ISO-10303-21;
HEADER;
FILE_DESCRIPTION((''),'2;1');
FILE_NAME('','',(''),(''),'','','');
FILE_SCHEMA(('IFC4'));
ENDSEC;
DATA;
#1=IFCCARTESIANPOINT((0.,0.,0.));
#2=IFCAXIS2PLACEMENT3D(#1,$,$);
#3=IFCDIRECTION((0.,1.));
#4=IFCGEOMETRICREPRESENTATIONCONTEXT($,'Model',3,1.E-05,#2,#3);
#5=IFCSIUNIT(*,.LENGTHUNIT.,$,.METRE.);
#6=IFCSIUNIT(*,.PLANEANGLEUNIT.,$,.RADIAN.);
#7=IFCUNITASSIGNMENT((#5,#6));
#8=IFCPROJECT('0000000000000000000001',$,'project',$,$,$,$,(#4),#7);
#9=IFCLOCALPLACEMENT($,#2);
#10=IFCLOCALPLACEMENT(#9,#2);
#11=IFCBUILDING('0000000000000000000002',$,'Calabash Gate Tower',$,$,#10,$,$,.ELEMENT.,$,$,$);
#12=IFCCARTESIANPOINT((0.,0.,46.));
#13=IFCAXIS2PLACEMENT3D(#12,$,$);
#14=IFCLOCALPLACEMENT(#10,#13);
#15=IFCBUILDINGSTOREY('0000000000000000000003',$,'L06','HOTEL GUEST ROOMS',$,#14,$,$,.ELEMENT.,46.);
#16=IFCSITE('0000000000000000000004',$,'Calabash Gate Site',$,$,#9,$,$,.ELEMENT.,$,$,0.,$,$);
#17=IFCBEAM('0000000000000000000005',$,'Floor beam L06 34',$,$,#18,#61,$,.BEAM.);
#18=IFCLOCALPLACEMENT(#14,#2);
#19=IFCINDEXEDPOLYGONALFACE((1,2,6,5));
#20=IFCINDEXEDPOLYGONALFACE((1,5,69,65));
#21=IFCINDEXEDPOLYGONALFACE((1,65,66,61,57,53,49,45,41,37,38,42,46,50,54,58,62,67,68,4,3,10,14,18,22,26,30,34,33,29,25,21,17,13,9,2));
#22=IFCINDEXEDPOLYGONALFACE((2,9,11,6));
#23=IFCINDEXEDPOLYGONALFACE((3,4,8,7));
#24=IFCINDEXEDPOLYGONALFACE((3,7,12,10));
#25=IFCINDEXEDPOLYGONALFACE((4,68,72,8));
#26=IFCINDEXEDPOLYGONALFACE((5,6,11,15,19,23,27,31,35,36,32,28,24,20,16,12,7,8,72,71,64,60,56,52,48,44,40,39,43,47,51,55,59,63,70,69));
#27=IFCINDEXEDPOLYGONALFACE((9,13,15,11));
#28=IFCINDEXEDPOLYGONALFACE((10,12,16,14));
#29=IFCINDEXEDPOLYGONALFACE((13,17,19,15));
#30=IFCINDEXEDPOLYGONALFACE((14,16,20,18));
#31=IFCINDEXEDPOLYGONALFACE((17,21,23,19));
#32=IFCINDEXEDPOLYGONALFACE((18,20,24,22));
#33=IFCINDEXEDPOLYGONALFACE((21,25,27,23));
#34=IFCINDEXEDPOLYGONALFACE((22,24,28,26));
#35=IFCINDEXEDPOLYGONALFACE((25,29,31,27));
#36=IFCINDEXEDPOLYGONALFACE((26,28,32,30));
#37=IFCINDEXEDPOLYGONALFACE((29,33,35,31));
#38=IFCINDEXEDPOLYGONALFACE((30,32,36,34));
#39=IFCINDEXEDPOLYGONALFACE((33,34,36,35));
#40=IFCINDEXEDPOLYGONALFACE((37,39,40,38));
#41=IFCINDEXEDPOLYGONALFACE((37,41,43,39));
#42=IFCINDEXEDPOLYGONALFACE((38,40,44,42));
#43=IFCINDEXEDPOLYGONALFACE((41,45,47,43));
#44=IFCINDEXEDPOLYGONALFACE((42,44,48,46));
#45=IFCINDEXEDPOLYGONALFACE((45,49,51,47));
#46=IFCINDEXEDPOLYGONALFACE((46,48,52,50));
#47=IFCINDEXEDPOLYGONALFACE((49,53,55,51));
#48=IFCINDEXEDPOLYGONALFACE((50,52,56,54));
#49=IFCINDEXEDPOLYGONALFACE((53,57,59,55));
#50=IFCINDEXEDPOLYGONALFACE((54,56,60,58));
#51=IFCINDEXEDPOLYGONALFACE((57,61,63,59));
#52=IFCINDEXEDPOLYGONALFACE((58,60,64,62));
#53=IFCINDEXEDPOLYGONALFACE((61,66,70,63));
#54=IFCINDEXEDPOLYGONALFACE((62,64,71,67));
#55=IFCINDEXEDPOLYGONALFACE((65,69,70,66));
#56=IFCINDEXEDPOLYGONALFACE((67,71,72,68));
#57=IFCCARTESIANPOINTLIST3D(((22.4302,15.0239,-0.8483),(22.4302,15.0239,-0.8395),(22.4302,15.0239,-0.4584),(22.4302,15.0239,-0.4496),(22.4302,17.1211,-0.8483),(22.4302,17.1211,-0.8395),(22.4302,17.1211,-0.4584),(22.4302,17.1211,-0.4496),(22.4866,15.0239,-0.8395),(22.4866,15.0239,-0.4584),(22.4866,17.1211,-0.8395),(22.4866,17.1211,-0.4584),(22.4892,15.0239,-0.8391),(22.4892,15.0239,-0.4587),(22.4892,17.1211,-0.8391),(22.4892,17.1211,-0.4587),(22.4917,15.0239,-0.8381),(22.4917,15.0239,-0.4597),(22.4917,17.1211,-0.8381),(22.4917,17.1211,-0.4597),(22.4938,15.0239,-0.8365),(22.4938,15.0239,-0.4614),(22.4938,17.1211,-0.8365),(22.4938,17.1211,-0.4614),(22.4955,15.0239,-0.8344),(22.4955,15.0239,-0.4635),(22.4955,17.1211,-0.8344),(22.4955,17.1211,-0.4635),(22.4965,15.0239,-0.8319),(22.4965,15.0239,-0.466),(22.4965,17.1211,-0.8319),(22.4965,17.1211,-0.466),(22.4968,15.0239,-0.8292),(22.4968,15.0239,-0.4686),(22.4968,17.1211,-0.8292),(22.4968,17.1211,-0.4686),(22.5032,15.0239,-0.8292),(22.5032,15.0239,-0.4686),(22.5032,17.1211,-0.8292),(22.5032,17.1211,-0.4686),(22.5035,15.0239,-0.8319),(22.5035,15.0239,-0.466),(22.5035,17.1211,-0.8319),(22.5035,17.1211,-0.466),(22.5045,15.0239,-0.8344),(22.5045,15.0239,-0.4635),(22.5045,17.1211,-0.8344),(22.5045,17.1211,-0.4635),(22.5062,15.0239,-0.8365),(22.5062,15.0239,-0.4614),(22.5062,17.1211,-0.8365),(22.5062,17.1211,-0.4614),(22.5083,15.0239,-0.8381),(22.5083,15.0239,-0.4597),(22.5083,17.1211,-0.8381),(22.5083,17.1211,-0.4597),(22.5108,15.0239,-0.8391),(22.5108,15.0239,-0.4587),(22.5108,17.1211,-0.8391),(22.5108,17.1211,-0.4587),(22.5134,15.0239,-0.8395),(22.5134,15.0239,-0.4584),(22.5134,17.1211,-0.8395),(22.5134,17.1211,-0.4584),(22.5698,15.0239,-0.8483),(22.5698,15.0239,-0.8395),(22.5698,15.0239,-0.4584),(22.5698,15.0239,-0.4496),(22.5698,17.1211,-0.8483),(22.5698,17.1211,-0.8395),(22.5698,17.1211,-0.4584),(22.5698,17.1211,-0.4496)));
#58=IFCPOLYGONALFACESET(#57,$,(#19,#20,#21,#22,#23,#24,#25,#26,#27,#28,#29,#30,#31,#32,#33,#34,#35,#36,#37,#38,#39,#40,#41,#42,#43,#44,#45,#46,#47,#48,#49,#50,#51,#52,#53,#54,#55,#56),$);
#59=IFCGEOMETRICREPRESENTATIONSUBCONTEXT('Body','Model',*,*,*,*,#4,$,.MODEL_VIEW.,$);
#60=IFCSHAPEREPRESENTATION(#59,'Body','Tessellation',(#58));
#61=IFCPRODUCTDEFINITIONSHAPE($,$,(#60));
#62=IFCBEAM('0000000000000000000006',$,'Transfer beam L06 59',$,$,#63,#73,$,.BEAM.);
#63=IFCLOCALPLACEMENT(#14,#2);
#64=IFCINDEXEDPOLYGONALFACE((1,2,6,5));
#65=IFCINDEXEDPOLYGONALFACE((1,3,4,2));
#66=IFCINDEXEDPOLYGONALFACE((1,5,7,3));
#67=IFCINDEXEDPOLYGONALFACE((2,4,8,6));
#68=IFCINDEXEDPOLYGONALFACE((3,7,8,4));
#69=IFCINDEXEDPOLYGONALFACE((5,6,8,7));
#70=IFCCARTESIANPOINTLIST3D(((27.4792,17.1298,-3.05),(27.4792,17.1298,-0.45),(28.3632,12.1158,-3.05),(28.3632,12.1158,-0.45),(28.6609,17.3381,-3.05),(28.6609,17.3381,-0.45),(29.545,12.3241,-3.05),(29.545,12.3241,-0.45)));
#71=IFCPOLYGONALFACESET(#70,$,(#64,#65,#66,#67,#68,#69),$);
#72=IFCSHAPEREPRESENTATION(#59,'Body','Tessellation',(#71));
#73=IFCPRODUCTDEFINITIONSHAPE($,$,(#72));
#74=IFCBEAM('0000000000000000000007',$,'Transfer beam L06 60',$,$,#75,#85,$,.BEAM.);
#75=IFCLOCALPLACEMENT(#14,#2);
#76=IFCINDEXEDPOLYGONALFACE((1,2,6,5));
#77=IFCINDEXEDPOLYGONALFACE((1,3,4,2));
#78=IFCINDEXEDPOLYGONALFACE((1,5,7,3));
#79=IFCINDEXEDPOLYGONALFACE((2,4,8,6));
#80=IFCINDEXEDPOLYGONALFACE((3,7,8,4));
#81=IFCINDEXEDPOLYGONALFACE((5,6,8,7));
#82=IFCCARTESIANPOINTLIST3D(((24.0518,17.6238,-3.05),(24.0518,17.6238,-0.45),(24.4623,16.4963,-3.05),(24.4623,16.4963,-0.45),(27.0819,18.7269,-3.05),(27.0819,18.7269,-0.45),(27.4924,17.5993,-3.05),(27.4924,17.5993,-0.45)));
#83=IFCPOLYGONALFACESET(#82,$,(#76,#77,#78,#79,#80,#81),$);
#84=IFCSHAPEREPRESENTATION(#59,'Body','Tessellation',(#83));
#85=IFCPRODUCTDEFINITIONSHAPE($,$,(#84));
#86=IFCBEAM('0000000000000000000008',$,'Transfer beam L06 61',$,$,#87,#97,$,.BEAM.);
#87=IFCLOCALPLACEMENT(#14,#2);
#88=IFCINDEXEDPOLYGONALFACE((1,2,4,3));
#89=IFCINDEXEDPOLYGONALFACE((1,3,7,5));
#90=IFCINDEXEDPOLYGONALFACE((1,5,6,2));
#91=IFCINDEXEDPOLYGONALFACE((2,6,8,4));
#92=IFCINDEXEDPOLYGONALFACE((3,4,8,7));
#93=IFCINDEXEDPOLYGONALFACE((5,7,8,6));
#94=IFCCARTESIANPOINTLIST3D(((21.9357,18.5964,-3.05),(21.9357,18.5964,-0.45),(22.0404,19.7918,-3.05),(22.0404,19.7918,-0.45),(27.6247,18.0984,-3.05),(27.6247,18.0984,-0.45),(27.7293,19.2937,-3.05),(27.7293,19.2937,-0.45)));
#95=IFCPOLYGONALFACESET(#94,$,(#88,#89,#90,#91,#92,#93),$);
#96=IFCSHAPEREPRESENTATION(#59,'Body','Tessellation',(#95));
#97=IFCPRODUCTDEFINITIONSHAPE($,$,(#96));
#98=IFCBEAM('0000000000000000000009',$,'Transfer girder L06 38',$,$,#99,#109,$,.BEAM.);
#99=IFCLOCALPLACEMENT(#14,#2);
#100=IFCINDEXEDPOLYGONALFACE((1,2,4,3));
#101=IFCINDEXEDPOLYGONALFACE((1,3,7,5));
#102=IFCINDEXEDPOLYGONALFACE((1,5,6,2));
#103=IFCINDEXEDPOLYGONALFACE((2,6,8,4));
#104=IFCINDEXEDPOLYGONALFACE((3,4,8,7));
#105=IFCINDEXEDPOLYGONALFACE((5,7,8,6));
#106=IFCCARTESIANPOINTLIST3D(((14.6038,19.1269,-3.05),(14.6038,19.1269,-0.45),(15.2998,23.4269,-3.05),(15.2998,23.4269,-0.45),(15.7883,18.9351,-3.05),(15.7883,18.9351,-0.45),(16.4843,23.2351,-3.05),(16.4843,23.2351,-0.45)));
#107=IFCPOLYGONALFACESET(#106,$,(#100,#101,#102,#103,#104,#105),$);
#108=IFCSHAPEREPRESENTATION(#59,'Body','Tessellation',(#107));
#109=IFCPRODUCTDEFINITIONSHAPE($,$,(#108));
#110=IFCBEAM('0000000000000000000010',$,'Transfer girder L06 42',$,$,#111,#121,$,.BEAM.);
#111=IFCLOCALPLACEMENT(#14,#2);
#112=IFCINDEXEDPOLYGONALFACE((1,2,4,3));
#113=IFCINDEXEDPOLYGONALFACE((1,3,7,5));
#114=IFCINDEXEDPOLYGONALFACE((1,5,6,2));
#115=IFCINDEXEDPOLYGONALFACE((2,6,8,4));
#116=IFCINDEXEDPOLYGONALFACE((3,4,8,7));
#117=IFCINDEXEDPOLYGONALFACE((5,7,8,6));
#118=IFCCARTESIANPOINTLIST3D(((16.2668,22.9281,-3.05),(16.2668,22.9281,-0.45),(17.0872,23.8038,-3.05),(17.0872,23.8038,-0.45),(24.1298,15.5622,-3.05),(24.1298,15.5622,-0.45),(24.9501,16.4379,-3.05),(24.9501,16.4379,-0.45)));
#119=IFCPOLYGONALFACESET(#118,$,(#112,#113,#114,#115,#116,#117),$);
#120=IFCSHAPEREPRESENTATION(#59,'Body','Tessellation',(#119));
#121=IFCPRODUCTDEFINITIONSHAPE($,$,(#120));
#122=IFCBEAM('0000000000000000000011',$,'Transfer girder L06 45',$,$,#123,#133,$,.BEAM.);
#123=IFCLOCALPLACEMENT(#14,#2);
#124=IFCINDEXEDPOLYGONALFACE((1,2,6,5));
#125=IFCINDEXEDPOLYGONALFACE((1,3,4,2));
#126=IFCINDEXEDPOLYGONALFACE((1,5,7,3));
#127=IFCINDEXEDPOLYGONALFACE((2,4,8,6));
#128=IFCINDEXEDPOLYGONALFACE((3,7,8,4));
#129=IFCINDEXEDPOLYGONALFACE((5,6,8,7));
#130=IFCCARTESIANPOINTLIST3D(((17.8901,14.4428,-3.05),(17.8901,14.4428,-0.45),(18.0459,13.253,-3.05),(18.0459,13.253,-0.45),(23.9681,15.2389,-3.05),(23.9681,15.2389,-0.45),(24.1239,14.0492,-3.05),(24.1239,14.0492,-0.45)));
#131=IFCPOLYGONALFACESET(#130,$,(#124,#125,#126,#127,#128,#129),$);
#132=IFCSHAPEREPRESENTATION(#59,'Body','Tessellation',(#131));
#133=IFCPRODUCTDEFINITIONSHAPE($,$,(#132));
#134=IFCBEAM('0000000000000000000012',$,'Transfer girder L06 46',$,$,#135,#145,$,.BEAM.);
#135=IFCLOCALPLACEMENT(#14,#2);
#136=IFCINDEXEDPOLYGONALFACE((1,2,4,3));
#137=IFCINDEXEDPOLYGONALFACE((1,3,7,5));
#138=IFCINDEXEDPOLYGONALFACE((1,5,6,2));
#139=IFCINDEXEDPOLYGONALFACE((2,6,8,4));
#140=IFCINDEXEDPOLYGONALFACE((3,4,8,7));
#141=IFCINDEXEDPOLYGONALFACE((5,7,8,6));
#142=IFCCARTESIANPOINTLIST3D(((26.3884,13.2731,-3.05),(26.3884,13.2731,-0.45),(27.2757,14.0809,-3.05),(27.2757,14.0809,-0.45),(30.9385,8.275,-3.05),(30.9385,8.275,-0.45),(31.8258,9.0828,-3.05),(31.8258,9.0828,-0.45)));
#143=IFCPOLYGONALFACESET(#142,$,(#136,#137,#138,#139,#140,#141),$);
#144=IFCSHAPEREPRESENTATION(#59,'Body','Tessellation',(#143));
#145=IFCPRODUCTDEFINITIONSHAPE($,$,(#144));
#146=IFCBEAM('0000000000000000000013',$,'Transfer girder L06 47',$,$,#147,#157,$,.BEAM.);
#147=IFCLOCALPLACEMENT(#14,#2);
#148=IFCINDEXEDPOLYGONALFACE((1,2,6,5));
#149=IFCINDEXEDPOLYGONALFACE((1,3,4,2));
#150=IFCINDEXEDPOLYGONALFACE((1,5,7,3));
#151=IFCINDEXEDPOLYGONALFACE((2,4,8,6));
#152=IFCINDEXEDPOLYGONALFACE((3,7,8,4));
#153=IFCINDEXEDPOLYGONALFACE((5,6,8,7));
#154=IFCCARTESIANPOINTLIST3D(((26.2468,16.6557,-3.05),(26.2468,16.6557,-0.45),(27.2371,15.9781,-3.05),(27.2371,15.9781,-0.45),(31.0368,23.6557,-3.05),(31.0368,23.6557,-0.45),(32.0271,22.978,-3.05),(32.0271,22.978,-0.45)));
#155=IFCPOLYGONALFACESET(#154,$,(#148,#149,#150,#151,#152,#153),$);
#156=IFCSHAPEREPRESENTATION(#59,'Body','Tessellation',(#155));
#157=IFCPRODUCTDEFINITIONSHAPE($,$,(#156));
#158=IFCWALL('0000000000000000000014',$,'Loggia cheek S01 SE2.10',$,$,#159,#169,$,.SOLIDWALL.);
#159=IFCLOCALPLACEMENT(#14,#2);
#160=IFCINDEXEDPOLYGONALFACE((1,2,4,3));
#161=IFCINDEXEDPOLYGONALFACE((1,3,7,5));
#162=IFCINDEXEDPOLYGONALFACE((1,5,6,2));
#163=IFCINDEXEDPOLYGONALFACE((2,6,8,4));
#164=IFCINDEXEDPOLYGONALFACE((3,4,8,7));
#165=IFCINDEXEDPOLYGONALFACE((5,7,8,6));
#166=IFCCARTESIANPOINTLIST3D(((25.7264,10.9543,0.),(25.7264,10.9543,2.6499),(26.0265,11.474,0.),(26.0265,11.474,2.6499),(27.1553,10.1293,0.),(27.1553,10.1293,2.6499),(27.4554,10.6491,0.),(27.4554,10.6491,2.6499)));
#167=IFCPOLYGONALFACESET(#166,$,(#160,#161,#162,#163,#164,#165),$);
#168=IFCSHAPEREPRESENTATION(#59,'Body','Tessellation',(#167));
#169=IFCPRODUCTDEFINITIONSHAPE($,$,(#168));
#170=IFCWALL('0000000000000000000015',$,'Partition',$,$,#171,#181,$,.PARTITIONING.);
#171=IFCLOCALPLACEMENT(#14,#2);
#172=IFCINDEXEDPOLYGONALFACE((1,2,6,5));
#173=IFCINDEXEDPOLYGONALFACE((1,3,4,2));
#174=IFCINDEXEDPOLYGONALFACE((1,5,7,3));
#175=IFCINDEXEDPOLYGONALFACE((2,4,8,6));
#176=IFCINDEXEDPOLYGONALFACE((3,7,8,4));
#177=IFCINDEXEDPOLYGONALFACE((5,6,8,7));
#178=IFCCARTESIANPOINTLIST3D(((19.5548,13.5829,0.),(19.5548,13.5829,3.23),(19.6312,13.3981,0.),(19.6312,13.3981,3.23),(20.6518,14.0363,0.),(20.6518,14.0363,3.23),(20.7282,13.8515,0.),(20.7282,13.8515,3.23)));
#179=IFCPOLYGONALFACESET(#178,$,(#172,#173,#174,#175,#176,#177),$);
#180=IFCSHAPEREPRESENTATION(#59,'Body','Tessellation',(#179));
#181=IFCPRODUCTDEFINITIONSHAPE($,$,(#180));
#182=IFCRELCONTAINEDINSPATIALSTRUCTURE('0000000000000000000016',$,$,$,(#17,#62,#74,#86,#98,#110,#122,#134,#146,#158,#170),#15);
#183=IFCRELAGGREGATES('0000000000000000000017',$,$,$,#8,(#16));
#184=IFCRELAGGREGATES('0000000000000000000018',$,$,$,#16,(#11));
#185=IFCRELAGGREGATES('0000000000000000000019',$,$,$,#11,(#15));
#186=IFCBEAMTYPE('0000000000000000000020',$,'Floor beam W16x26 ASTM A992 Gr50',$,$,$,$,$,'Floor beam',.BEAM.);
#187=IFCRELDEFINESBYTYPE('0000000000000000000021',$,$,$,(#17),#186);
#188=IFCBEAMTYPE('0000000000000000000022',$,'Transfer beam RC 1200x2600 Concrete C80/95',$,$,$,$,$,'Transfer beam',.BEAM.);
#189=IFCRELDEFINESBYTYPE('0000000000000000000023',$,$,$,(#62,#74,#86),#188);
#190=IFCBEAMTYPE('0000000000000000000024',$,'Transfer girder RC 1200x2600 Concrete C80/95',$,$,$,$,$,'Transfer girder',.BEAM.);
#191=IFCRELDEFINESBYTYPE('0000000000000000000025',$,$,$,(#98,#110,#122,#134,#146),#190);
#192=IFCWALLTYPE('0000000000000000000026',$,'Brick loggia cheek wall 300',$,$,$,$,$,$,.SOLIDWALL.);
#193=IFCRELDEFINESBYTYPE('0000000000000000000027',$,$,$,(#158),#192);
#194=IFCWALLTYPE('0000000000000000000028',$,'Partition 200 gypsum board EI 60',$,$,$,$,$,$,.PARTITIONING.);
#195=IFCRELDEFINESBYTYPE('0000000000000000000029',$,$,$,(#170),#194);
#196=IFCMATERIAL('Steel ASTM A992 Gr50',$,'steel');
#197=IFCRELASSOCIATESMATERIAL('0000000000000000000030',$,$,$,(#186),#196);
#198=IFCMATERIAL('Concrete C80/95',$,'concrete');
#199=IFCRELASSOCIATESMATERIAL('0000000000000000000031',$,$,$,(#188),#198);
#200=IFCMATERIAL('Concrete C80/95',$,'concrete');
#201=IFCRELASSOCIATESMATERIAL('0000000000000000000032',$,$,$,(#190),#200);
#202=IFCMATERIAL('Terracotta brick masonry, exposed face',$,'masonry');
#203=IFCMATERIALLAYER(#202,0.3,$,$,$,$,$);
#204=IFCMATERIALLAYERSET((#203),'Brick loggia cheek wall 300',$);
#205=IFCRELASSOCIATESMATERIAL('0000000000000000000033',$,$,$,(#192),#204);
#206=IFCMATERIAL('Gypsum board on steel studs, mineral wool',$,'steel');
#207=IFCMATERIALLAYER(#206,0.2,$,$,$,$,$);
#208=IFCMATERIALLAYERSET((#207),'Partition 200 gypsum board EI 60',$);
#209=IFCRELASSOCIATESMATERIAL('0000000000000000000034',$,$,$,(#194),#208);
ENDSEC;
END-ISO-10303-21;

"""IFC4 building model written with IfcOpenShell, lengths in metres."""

from ifc_helpers import new_model, si_unit, direction, frame, frame_2d, origin, origin_2d, place, context, subcontext, project, spatial, rectangle, i_section, extrude, material, layer, layer_set, material_profile, profile_set, type_object, element, save


model = new_model("IFC4")

# Units and contexts
model_context = context("Model", 3, precision=1e-05, world=origin(), true_north=direction((0.0, 1.0)))
body_context = subcontext(model_context, "Body", "Model", "MODEL_VIEW")
ifc_project = project(units=[si_unit("LENGTHUNIT", "METRE"), si_unit("PLANEANGLEUNIT", "RADIAN")], contexts=[model_context])

# Site, building, storey
site_placement = place(None, origin())
site = spatial("IfcSite", under=ifc_project, at=site_placement, Name="Calabash Gate Site", CompositionType="ELEMENT", RefElevation=0.0)
building_placement = place(site_placement, origin())
building = spatial("IfcBuilding", under=site, at=building_placement, Name="Calabash Gate Tower", CompositionType="ELEMENT")
storey_placement = place(building_placement, frame((0.0, 0.0, 46.0)))
storey = spatial("IfcBuildingStorey", under=building, at=storey_placement, Name="L06", Description="HOTEL GUEST ROOMS", CompositionType="ELEMENT", Elevation=46.0)

# Beams
ifc_material_1 = material(Name="Steel ASTM A992 Gr50", Category="steel")
ifc_material_profile_1 = material_profile(ifc_material_1, i_section(OverallWidth=0.1396, OverallDepth=0.3987, WebThickness=0.0063, FlangeThickness=0.0088, FilletRadius=0.0103, at=origin_2d()))
ifc_profile_set_1 = profile_set([ifc_material_profile_1], Name="Steel ASTM A992 Gr50")
beam_type_1 = type_object("IfcBeamType", Name="Floor beam W16x26 ASTM A992 Gr50", ElementType="Floor beam", PredefinedType="BEAM", material=ifc_profile_set_1)
beam_1_placement = place(storey_placement, frame((22.5, 15.0239, -0.6489), z_axis=(0.0, 1.0, 0.0), x_axis=(-1.0, 0.0, 0.0)))
element("IfcBeam", 1, at=beam_1_placement, inside=storey, type_object=beam_type_1, Name="Floor beam L06 34", PredefinedType="BEAM", context=body_context, shape_type="SweptSolid", body=[
    extrude(i_section(OverallWidth=0.1396, OverallDepth=0.3987, WebThickness=0.0063, FlangeThickness=0.0088, FilletRadius=0.0103, at=origin_2d()), origin(), (0.0, 0.0, 1.0), 2.0972),
])
ifc_material_2 = material(Name="Concrete C80/95", Category="concrete")
ifc_material_profile_2 = material_profile(ifc_material_2, rectangle(XDim=1.2, YDim=2.6001, at=origin_2d()))
ifc_profile_set_2 = profile_set([ifc_material_profile_2], Name="Concrete C80/95")
beam_type_2 = type_object("IfcBeamType", Name="Transfer beam RC 1200x2600 Concrete C80/95", ElementType="Transfer beam", PredefinedType="BEAM", material=ifc_profile_set_2)
beam_2_placement = place(storey_placement, frame((28.9541, 12.22, -1.75), z_axis=(-0.173638, 0.98481, 0.0), x_axis=(-0.98481, -0.173638, 0.0)))
element("IfcBeam", 2, at=beam_2_placement, inside=storey, type_object=beam_type_2, Name="Transfer beam L06 59", PredefinedType="BEAM", context=body_context, shape_type="SweptSolid", body=[
    extrude(rectangle(XDim=1.2, YDim=2.6001, at=origin_2d()), origin(), (0.0, 0.0, 1.0), 5.0913),
])
beam_3_placement = place(storey_placement, frame((24.2571, 17.0601, -1.75), z_axis=(0.939674, 0.342071, 0.0), x_axis=(-0.342071, 0.939674, 0.0)))
element("IfcBeam", 3, at=beam_3_placement, inside=storey, type_object=beam_type_2, Name="Transfer beam L06 60", PredefinedType="BEAM", context=body_context, shape_type="SweptSolid", body=[
    extrude(rectangle(XDim=1.2, YDim=2.6001, at=origin_2d()), origin(), (0.0, 0.0, 1.0), 3.2246),
])
beam_4_placement = place(storey_placement, frame((27.677, 18.696, -1.75), z_axis=(-0.99619, 0.087213, 0.0), x_axis=(-0.087213, -0.99619, 0.0)))
element("IfcBeam", 4, at=beam_4_placement, inside=storey, type_object=beam_type_2, Name="Transfer beam L06 61", PredefinedType="BEAM", context=body_context, shape_type="SweptSolid", body=[
    extrude(rectangle(XDim=1.2, YDim=2.6001, at=origin_2d()), origin(), (0.0, 0.0, 1.0), 5.7107),
])
ifc_material_3 = material(Name="Concrete C80/95", Category="concrete")
ifc_material_profile_3 = material_profile(ifc_material_3, rectangle(XDim=1.2, YDim=2.6001, at=origin_2d()))
ifc_profile_set_3 = profile_set([ifc_material_profile_3], Name="Concrete C80/95")
beam_type_3 = type_object("IfcBeamType", Name="Transfer girder RC 1200x2600 Concrete C80/95", ElementType="Transfer girder", PredefinedType="BEAM", material=ifc_profile_set_3)
beam_5_placement = place(storey_placement, frame((15.196, 19.031, -1.75), z_axis=(0.159789, 0.987151, 0.0), x_axis=(-0.987151, 0.159789, 0.0)))
element("IfcBeam", 5, at=beam_5_placement, inside=storey, type_object=beam_type_3, Name="Transfer girder L06 38", PredefinedType="BEAM", context=body_context, shape_type="SweptSolid", body=[
    extrude(rectangle(XDim=1.2, YDim=2.6001, at=origin_2d()), origin(), (0.0, 0.0, 1.0), 4.356),
])
beam_6_placement = place(storey_placement, frame((16.677, 23.366, -1.75), z_axis=(0.729798, -0.683663, 0.0), x_axis=(0.683663, 0.729798, 0.0)))
element("IfcBeam", 6, at=beam_6_placement, inside=storey, type_object=beam_type_3, Name="Transfer girder L06 42", PredefinedType="BEAM", context=body_context, shape_type="SweptSolid", body=[
    extrude(rectangle(XDim=1.2, YDim=2.6001, at=origin_2d()), origin(), (0.0, 0.0, 1.0), 10.7742),
])
beam_7_placement = place(storey_placement, frame((17.968, 13.8479, -1.75), z_axis=(0.99153, 0.129881, 0.0), x_axis=(-0.129881, 0.99153, 0.0)))
element("IfcBeam", 7, at=beam_7_placement, inside=storey, type_object=beam_type_3, Name="Transfer girder L06 45", PredefinedType="BEAM", context=body_context, shape_type="SweptSolid", body=[
    extrude(rectangle(XDim=1.2, YDim=2.6001, at=origin_2d()), origin(), (0.0, 0.0, 1.0), 6.1299),
])
beam_8_placement = place(storey_placement, frame((26.832, 13.677, -1.75), z_axis=(0.673189, -0.739471, 0.0), x_axis=(0.739471, 0.673189, 0.0)))
element("IfcBeam", 8, at=beam_8_placement, inside=storey, type_object=beam_type_3, Name="Transfer girder L06 46", PredefinedType="BEAM", context=body_context, shape_type="SweptSolid", body=[
    extrude(rectangle(XDim=1.2, YDim=2.6001, at=origin_2d()), origin(), (0.0, 0.0, 1.0), 6.759),
])
beam_9_placement = place(storey_placement, frame((26.7419, 16.3169, -1.75), z_axis=(0.564729, 0.825276, 0.0), x_axis=(-0.825276, 0.564729, 0.0)))
element("IfcBeam", 9, at=beam_9_placement, inside=storey, type_object=beam_type_3, Name="Transfer girder L06 47", PredefinedType="BEAM", context=body_context, shape_type="SweptSolid", body=[
    extrude(rectangle(XDim=1.2, YDim=2.6001, at=origin_2d()), origin(), (0.0, 0.0, 1.0), 8.4819),
])

# Walls
ifc_material_4 = material(Name="Terracotta brick masonry, exposed face", Category="masonry")
ifc_layer_1 = layer(ifc_material_4, 0.3)
ifc_layer_set_1 = layer_set([ifc_layer_1], Name="Brick loggia cheek wall 300")
wall_type_1 = type_object("IfcWallType", Name="Brick loggia cheek wall 300", PredefinedType="SOLIDWALL", material=ifc_layer_set_1)
wall_1_placement = place(storey_placement, frame((25.8765, 11.2141, 0.0), z_axis=(0.0, 0.0, 1.0), x_axis=(0.86604, -0.499974, 0.0)))
element("IfcWall", 10, at=wall_1_placement, inside=storey, type_object=wall_type_1, Name="Loggia cheek S01 SE2.10", PredefinedType="SOLIDWALL", context=body_context, shape_type="SweptSolid", body=[
    extrude(rectangle(XDim=1.6499, YDim=0.6001, at=frame_2d((0.825, 0.0))), origin(), (0.0, 0.0, 1.0), 2.6499),
])
ifc_material_5 = material(Name="Gypsum board on steel studs, mineral wool", Category="steel")
ifc_layer_2 = layer(ifc_material_5, 0.2)
ifc_layer_set_2 = layer_set([ifc_layer_2], Name="Partition 200 gypsum board EI 60")
wall_type_2 = type_object("IfcWallType", Name="Partition 200 gypsum board EI 60", PredefinedType="PARTITIONING", material=ifc_layer_set_2)
wall_2_placement = place(storey_placement, frame((19.593, 13.4905, 0.0), z_axis=(0.0, 0.0, 1.0), x_axis=(0.924175, 0.38197, 0.0)))
element("IfcWall", 11, at=wall_2_placement, inside=storey, type_object=wall_type_2, Name="Partition", PredefinedType="PARTITIONING", context=body_context, shape_type="SweptSolid", body=[
    extrude(rectangle(XDim=1.187, YDim=0.2, at=frame_2d((0.5935, 0.0))), origin(), (0.0, 0.0, 1.0), 3.23),
])

save(model, "model.ifc")
